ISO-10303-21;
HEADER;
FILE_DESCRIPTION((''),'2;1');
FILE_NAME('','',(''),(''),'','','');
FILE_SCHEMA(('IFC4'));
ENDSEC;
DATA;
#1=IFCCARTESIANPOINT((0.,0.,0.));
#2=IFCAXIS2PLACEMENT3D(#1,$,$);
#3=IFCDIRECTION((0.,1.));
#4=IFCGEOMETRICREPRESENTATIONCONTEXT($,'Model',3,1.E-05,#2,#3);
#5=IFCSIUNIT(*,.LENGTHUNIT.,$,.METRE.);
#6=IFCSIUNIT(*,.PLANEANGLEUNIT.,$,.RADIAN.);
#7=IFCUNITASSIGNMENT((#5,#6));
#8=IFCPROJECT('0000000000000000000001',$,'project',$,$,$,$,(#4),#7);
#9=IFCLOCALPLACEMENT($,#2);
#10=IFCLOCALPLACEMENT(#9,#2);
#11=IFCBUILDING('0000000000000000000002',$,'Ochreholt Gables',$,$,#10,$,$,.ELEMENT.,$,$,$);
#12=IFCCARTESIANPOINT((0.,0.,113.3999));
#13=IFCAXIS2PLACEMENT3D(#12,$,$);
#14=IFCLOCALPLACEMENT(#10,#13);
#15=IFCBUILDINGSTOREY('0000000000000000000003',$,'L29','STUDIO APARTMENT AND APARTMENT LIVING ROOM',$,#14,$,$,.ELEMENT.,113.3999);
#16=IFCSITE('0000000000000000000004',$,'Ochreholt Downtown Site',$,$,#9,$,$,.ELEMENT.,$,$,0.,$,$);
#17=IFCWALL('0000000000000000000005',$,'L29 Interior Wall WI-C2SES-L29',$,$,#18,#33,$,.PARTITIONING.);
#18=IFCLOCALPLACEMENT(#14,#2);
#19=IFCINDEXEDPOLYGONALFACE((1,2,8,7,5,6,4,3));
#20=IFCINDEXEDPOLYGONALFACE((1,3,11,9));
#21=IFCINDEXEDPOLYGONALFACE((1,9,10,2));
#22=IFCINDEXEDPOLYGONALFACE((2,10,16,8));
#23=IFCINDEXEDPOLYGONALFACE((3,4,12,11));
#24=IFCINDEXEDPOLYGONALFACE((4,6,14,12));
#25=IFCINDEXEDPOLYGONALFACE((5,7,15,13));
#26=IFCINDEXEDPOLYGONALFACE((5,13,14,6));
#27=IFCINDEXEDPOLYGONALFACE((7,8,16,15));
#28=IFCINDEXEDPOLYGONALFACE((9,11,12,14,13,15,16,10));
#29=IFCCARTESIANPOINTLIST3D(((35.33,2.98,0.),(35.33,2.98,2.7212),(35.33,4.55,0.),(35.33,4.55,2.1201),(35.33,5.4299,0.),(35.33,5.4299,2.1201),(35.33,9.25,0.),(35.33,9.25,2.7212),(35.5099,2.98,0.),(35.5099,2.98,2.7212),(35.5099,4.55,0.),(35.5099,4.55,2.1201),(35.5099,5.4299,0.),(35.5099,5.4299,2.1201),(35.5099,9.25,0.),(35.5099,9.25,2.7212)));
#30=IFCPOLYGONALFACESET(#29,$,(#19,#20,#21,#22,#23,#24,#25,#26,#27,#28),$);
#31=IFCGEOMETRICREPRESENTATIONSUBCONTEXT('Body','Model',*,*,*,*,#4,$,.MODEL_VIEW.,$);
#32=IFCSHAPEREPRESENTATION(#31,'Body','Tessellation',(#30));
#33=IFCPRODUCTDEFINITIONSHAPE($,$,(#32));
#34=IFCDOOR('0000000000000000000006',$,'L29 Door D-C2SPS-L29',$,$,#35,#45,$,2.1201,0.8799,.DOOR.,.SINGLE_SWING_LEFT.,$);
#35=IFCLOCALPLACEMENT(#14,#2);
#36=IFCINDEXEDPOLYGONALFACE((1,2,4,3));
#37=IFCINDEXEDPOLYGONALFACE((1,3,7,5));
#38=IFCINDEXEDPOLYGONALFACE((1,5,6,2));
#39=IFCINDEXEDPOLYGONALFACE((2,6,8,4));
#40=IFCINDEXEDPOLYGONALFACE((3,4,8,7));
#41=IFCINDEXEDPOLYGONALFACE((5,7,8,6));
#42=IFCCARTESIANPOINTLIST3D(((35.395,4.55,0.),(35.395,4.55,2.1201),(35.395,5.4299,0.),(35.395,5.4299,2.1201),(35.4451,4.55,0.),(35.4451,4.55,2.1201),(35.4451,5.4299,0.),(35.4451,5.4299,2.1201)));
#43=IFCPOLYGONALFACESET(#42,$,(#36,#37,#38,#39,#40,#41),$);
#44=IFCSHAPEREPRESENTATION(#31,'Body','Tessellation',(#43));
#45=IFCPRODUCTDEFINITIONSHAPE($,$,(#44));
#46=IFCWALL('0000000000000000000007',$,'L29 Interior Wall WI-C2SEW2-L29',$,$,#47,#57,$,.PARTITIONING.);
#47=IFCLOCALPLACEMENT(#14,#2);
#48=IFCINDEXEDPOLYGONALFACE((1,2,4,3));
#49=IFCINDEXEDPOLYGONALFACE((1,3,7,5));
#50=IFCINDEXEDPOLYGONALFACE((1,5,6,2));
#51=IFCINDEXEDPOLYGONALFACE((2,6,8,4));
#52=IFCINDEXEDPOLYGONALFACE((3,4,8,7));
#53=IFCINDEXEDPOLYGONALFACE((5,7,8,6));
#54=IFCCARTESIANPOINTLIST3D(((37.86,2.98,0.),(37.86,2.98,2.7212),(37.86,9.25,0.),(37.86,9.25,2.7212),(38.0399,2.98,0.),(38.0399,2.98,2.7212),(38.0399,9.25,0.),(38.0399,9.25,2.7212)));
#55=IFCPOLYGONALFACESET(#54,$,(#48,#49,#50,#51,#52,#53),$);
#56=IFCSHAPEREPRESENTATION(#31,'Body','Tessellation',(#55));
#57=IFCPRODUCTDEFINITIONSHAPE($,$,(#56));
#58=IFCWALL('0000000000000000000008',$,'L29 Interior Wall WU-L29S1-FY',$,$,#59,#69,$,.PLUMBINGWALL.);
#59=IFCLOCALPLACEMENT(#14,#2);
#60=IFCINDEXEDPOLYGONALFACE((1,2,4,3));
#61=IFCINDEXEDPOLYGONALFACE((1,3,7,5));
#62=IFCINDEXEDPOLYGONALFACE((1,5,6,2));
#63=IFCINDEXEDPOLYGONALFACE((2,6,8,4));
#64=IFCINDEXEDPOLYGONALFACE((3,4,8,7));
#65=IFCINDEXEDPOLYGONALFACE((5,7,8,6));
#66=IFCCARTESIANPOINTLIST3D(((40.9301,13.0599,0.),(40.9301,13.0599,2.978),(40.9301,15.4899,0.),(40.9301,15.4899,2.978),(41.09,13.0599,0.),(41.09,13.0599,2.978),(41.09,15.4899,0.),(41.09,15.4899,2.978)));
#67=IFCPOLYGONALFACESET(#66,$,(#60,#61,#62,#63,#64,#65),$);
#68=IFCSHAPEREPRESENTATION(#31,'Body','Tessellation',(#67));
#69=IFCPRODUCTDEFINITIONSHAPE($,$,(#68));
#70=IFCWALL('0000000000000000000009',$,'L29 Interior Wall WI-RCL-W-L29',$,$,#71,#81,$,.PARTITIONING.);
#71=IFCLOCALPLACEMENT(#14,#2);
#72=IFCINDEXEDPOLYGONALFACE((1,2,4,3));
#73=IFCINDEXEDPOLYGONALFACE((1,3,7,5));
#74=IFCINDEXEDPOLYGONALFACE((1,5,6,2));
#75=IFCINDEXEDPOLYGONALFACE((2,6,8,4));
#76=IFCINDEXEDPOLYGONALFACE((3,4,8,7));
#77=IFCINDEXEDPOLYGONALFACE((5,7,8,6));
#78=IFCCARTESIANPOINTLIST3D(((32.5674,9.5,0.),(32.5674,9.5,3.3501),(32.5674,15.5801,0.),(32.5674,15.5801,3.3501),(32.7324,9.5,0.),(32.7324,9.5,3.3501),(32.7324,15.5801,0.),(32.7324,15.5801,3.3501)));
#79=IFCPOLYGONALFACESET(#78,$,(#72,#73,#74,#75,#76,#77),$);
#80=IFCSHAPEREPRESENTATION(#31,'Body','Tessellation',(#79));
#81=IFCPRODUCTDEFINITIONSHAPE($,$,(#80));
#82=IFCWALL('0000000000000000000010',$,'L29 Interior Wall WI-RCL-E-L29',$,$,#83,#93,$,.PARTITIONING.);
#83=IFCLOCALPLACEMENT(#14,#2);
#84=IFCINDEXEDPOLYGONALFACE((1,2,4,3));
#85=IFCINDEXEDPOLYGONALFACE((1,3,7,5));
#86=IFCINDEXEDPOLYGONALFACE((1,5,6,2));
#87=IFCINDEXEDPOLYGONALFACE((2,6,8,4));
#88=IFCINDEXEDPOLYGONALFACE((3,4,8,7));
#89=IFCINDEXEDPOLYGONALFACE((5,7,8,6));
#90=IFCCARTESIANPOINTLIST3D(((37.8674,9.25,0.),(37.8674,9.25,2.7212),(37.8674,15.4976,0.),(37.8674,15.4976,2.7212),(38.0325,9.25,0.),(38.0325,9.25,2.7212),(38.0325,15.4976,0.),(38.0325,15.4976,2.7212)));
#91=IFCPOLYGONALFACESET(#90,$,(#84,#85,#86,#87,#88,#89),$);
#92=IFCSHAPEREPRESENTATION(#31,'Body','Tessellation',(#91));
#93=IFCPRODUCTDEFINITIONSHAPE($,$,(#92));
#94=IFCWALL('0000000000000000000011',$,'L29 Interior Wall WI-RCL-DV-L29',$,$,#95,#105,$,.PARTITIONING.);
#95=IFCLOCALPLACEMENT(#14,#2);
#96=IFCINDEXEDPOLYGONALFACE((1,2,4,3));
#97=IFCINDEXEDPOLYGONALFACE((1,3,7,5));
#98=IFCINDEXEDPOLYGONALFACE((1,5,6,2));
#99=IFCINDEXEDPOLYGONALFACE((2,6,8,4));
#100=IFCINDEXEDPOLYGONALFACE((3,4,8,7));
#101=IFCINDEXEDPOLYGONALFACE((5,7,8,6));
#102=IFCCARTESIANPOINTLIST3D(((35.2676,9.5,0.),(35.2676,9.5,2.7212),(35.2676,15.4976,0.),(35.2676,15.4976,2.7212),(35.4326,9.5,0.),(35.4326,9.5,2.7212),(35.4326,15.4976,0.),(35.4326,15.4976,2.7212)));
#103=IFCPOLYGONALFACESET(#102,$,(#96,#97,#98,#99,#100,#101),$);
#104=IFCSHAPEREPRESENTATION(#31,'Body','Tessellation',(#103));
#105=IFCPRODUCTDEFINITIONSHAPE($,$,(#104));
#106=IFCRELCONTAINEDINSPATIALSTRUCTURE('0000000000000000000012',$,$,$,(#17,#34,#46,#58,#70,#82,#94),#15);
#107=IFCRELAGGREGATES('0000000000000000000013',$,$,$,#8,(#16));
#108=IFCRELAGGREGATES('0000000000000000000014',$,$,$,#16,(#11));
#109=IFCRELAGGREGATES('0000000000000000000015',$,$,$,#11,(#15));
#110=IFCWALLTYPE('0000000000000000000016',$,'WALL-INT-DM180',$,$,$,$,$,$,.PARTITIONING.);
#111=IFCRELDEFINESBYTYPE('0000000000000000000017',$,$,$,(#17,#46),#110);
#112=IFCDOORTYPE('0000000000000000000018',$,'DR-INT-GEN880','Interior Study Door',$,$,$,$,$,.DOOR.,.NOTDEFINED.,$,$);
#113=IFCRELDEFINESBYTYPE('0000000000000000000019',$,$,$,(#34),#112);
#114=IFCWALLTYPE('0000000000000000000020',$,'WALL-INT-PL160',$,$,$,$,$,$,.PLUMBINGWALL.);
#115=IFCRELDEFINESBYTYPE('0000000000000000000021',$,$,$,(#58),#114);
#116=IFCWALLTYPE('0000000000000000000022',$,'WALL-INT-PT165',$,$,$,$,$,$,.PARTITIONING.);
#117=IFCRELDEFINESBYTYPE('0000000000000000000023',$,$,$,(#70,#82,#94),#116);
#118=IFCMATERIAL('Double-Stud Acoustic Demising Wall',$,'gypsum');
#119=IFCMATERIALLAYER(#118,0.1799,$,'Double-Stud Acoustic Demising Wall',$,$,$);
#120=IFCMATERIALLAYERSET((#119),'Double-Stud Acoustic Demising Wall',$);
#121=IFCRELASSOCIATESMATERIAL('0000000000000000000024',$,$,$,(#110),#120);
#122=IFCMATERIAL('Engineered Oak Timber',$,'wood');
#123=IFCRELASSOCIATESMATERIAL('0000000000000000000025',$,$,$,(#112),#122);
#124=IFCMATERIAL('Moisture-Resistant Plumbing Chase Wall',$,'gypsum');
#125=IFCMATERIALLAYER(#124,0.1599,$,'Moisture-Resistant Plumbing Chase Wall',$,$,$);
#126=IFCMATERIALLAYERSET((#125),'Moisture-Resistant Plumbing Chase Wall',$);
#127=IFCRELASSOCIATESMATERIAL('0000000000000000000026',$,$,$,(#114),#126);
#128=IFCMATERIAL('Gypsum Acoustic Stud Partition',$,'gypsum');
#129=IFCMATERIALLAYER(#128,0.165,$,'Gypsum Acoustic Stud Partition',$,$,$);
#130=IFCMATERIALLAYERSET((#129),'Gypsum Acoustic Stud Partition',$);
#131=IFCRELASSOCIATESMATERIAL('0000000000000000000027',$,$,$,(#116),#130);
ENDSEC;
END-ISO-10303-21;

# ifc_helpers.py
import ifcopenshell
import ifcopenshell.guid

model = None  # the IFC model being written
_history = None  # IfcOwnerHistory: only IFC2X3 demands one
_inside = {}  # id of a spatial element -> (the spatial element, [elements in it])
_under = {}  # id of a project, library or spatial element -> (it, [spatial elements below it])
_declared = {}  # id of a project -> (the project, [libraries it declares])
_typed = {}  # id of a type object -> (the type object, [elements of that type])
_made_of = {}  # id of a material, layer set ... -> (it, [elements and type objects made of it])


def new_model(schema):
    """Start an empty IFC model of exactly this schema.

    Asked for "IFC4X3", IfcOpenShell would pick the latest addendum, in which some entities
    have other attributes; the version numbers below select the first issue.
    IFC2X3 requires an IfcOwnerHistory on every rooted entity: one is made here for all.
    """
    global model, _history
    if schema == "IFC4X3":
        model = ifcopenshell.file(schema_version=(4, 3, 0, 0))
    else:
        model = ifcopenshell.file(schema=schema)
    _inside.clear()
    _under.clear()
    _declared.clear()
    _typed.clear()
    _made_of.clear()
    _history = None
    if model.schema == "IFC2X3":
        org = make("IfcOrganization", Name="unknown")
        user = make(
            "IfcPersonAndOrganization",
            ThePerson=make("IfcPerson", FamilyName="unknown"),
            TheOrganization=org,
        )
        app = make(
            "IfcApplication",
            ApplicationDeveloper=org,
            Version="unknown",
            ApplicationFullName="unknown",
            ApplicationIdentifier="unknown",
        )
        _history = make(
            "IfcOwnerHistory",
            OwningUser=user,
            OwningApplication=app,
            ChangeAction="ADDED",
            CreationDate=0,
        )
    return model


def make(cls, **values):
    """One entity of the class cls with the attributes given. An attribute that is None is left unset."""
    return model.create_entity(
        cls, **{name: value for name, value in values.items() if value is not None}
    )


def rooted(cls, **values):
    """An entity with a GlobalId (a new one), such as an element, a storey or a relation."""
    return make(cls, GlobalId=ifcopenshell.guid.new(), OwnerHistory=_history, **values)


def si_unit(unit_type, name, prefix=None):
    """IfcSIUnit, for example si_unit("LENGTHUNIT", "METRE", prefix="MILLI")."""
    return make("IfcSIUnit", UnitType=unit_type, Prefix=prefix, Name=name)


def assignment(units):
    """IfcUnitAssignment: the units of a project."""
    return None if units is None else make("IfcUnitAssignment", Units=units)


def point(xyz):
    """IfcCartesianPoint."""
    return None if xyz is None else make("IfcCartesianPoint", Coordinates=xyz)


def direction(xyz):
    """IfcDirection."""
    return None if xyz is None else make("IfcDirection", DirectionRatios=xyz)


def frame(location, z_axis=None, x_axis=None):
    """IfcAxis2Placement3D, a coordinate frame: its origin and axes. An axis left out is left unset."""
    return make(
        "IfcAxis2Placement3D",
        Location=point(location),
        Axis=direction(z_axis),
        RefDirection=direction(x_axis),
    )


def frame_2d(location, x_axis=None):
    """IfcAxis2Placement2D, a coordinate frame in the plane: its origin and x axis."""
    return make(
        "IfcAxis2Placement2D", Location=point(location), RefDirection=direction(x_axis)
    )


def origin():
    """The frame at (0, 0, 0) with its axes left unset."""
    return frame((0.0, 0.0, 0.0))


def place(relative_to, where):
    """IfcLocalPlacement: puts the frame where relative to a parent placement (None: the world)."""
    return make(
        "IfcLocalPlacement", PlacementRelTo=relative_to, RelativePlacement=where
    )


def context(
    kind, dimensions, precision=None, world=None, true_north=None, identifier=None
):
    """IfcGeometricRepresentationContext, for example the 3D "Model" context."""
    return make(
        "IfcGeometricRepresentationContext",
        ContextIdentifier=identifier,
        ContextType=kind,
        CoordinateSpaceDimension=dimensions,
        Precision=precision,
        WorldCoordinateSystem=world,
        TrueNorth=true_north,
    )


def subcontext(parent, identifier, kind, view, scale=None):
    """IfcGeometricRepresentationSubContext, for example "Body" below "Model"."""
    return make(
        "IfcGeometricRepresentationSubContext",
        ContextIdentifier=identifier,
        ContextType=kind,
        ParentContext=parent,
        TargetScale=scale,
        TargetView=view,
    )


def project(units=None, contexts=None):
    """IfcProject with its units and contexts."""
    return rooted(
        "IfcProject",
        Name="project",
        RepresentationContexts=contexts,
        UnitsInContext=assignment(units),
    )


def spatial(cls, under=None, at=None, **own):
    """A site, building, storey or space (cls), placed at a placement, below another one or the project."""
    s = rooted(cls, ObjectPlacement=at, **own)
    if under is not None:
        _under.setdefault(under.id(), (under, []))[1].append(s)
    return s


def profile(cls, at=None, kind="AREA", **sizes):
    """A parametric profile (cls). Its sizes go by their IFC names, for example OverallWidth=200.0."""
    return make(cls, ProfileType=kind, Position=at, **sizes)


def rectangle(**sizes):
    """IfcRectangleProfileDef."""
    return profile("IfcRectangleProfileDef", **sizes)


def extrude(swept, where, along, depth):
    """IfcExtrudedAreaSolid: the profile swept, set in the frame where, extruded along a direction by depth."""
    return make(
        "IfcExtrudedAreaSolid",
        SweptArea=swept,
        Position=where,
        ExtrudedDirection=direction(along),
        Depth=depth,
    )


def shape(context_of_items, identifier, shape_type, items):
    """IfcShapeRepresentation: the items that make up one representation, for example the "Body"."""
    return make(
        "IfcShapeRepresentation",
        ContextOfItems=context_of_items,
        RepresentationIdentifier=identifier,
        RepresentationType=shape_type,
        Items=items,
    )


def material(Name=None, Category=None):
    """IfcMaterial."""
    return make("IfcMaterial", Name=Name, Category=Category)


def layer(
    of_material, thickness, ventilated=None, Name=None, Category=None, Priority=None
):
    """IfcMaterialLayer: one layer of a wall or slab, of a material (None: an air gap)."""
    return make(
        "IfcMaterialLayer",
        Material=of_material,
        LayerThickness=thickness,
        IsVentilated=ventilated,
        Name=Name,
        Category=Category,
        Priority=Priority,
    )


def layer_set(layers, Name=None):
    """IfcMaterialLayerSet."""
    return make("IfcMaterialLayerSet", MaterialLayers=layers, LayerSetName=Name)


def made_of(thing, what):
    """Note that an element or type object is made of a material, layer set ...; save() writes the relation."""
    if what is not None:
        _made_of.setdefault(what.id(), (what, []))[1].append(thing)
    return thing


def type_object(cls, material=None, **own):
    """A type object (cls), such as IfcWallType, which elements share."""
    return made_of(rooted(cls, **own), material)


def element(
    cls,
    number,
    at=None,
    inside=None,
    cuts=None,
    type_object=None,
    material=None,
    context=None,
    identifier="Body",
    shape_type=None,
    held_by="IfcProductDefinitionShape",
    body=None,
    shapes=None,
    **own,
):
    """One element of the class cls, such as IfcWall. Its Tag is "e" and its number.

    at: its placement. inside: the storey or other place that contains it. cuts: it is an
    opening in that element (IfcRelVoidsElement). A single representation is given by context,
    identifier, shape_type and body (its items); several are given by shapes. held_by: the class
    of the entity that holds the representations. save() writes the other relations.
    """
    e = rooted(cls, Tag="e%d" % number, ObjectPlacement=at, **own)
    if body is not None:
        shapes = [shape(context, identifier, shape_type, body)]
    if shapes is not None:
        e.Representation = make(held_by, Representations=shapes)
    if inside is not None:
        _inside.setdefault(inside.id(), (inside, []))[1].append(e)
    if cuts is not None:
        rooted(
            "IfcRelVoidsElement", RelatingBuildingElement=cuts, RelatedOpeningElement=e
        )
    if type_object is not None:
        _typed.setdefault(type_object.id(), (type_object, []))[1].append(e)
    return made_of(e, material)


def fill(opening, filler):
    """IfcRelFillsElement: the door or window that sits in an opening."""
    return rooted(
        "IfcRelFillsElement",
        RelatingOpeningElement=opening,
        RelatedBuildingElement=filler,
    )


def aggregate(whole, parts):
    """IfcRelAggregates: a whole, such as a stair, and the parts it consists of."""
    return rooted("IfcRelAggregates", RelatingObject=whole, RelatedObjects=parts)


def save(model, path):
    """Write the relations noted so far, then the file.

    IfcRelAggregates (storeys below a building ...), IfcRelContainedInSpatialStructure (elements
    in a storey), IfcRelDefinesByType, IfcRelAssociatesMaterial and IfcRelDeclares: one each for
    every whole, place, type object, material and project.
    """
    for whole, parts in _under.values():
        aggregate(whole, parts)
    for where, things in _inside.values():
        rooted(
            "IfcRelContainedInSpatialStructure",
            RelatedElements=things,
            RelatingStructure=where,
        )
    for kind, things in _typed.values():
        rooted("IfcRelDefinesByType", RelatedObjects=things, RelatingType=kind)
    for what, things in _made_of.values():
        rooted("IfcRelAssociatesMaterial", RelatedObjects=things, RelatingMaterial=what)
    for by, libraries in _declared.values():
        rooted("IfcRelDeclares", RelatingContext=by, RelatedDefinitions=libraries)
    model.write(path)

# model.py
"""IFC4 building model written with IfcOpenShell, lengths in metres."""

from ifc_helpers import new_model, si_unit, direction, frame, frame_2d, origin, place, context, subcontext, project, spatial, rectangle, extrude, material, layer, layer_set, type_object, element, fill, save


model = new_model("IFC4")

# Units and contexts
model_context = context("Model", 3, precision=1e-05, world=origin(), true_north=direction((0.0, 1.0)))
body_context = subcontext(model_context, "Body", "Model", "MODEL_VIEW")
ifc_project = project(units=[si_unit("LENGTHUNIT", "METRE"), si_unit("PLANEANGLEUNIT", "RADIAN")], contexts=[model_context])

# Site, building, storey
site_placement = place(None, origin())
site = spatial("IfcSite", under=ifc_project, at=site_placement, Name="Ochreholt Downtown Site", CompositionType="ELEMENT", RefElevation=0.0)
building_placement = place(site_placement, origin())
building = spatial("IfcBuilding", under=site, at=building_placement, Name="Ochreholt Gables", CompositionType="ELEMENT")
storey_placement = place(building_placement, frame((0.0, 0.0, 113.3999)))
storey = spatial("IfcBuildingStorey", under=building, at=storey_placement, Name="L29", Description="STUDIO APARTMENT AND APARTMENT LIVING ROOM", CompositionType="ELEMENT", Elevation=113.3999)

# Wall, opening, door
ifc_material_1 = material(Name="Double-Stud Acoustic Demising Wall", Category="gypsum")
ifc_layer_1 = layer(ifc_material_1, 0.1799, Name="Double-Stud Acoustic Demising Wall")
ifc_layer_set_1 = layer_set([ifc_layer_1], Name="Double-Stud Acoustic Demising Wall")
wall_type_1 = type_object("IfcWallType", Name="WALL-INT-DM180", PredefinedType="PARTITIONING", material=ifc_layer_set_1)
wall_1_placement = place(storey_placement, frame((35.4199, 2.98, 0.0), z_axis=(0.0, 0.0, 1.0), x_axis=(0.0, 1.0, 0.0)))
wall_1 = element("IfcWall", 1, at=wall_1_placement, inside=storey, type_object=wall_type_1, Name="L29 Interior Wall WI-C2SES-L29", PredefinedType="PARTITIONING", context=body_context, shape_type="SweptSolid", body=[
    extrude(rectangle(XDim=6.27, YDim=0.1799, at=frame_2d((3.135, 0.0))), origin(), (0.0, 0.0, 1.0), 2.7212),
])
opening_1_placement = place(wall_1_placement, frame((1.5701, 0.0, 0.0)))
opening_1 = element("IfcOpeningElement", 2, at=opening_1_placement, cuts=wall_1, PredefinedType="OPENING", context=body_context, shape_type="SweptSolid", body=[
    extrude(rectangle(XDim=0.8799, YDim=2.1201, at=frame_2d((0.4399, 1.0601))), frame((0.0, 0.0999, 0.0), z_axis=(0.0, -1.0, 0.0), x_axis=(1.0, 0.0, 0.0)), (0.0, 0.0, 1.0), 0.2),
])
ifc_material_2 = material(Name="Engineered Oak Timber", Category="wood")
door_type_1 = type_object("IfcDoorType", Name="DR-INT-GEN880", Description="Interior Study Door", OperationType="NOTDEFINED", PredefinedType="DOOR", material=ifc_material_2)
door_1_placement = place(opening_1_placement, origin())
door_1 = element("IfcDoor", 3, at=door_1_placement, inside=storey, type_object=door_type_1, Name="L29 Door D-C2SPS-L29", OperationType="SINGLE_SWING_LEFT", OverallHeight=2.1201, OverallWidth=0.8799, PredefinedType="DOOR", context=body_context, shape_type="SweptSolid", body=[
    extrude(rectangle(XDim=0.8799, YDim=2.1201, at=frame_2d((0.4399, 1.0601))), frame((0.0, 0.0249, 0.0), z_axis=(0.0, -1.0, 0.0), x_axis=(1.0, 0.0, 0.0)), (0.0, 0.0, 1.0), 0.05),
])
fill(opening_1, door_1)

# Wall
wall_2_placement = place(storey_placement, frame((37.95, 2.98, 0.0), z_axis=(0.0, 0.0, 1.0), x_axis=(0.0, 1.0, 0.0)))
element("IfcWall", 4, at=wall_2_placement, inside=storey, type_object=wall_type_1, Name="L29 Interior Wall WI-C2SEW2-L29", PredefinedType="PARTITIONING", context=body_context, shape_type="SweptSolid", body=[
    extrude(rectangle(XDim=6.27, YDim=0.1799, at=frame_2d((3.135, 0.0))), origin(), (0.0, 0.0, 1.0), 2.7212),
])

# Shared definitions
ifc_material_3 = material(Name="Moisture-Resistant Plumbing Chase Wall", Category="gypsum")
ifc_layer_2 = layer(ifc_material_3, 0.1599, Name="Moisture-Resistant Plumbing Chase Wall")
ifc_layer_set_2 = layer_set([ifc_layer_2], Name="Moisture-Resistant Plumbing Chase Wall")
wall_type_2 = type_object("IfcWallType", Name="WALL-INT-PL160", PredefinedType="PLUMBINGWALL", material=ifc_layer_set_2)

# Walls
wall_3_placement = place(storey_placement, frame((41.01, 13.0601, 0.0), z_axis=(0.0, 0.0, 1.0), x_axis=(0.0, 1.0, 0.0)))
element("IfcWall", 5, at=wall_3_placement, inside=storey, type_object=wall_type_2, Name="L29 Interior Wall WU-L29S1-FY", PredefinedType="PLUMBINGWALL", context=body_context, shape_type="SweptSolid", body=[
    extrude(rectangle(XDim=2.4299, YDim=0.1599, at=frame_2d((1.2148, 0.0))), origin(), (0.0, 0.0, 1.0), 2.978),
])
ifc_material_4 = material(Name="Gypsum Acoustic Stud Partition", Category="gypsum")
ifc_layer_3 = layer(ifc_material_4, 0.165, Name="Gypsum Acoustic Stud Partition")
ifc_layer_set_3 = layer_set([ifc_layer_3], Name="Gypsum Acoustic Stud Partition")
wall_type_3 = type_object("IfcWallType", Name="WALL-INT-PT165", PredefinedType="PARTITIONING", material=ifc_layer_set_3)
wall_4_placement = place(storey_placement, frame((32.6499, 9.5, 0.0), z_axis=(0.0, 0.0, 1.0), x_axis=(0.0, 1.0, 0.0)))
element("IfcWall", 6, at=wall_4_placement, inside=storey, type_object=wall_type_3, Name="L29 Interior Wall WI-RCL-W-L29", PredefinedType="PARTITIONING", context=body_context, shape_type="SweptSolid", body=[
    extrude(rectangle(XDim=6.0801, YDim=0.165, at=frame_2d((3.04, 0.0))), origin(), (0.0, 0.0, 1.0), 3.3501),
])

# Walls
wall_5_placement = place(storey_placement, frame((37.95, 9.25, 0.0), z_axis=(0.0, 0.0, 1.0), x_axis=(0.0, 1.0, 0.0)))
element("IfcWall", 7, at=wall_5_placement, inside=storey, type_object=wall_type_3, Name="L29 Interior Wall WI-RCL-E-L29", PredefinedType="PARTITIONING", context=body_context, shape_type="SweptSolid", body=[
    extrude(rectangle(XDim=6.2476, YDim=0.165, at=frame_2d((3.1238, 0.0))), origin(), (0.0, 0.0, 1.0), 2.7212),
])
wall_6_placement = place(storey_placement, frame((35.3501, 9.5, 0.0), z_axis=(0.0, 0.0, 1.0), x_axis=(0.0, 1.0, 0.0)))
element("IfcWall", 8, at=wall_6_placement, inside=storey, type_object=wall_type_3, Name="L29 Interior Wall WI-RCL-DV-L29", PredefinedType="PARTITIONING", context=body_context, shape_type="SweptSolid", body=[
    extrude(rectangle(XDim=5.9976, YDim=0.165, at=frame_2d((2.9988, 0.0))), origin(), (0.0, 0.0, 1.0), 2.7212),
])

save(model, "model.ifc")
